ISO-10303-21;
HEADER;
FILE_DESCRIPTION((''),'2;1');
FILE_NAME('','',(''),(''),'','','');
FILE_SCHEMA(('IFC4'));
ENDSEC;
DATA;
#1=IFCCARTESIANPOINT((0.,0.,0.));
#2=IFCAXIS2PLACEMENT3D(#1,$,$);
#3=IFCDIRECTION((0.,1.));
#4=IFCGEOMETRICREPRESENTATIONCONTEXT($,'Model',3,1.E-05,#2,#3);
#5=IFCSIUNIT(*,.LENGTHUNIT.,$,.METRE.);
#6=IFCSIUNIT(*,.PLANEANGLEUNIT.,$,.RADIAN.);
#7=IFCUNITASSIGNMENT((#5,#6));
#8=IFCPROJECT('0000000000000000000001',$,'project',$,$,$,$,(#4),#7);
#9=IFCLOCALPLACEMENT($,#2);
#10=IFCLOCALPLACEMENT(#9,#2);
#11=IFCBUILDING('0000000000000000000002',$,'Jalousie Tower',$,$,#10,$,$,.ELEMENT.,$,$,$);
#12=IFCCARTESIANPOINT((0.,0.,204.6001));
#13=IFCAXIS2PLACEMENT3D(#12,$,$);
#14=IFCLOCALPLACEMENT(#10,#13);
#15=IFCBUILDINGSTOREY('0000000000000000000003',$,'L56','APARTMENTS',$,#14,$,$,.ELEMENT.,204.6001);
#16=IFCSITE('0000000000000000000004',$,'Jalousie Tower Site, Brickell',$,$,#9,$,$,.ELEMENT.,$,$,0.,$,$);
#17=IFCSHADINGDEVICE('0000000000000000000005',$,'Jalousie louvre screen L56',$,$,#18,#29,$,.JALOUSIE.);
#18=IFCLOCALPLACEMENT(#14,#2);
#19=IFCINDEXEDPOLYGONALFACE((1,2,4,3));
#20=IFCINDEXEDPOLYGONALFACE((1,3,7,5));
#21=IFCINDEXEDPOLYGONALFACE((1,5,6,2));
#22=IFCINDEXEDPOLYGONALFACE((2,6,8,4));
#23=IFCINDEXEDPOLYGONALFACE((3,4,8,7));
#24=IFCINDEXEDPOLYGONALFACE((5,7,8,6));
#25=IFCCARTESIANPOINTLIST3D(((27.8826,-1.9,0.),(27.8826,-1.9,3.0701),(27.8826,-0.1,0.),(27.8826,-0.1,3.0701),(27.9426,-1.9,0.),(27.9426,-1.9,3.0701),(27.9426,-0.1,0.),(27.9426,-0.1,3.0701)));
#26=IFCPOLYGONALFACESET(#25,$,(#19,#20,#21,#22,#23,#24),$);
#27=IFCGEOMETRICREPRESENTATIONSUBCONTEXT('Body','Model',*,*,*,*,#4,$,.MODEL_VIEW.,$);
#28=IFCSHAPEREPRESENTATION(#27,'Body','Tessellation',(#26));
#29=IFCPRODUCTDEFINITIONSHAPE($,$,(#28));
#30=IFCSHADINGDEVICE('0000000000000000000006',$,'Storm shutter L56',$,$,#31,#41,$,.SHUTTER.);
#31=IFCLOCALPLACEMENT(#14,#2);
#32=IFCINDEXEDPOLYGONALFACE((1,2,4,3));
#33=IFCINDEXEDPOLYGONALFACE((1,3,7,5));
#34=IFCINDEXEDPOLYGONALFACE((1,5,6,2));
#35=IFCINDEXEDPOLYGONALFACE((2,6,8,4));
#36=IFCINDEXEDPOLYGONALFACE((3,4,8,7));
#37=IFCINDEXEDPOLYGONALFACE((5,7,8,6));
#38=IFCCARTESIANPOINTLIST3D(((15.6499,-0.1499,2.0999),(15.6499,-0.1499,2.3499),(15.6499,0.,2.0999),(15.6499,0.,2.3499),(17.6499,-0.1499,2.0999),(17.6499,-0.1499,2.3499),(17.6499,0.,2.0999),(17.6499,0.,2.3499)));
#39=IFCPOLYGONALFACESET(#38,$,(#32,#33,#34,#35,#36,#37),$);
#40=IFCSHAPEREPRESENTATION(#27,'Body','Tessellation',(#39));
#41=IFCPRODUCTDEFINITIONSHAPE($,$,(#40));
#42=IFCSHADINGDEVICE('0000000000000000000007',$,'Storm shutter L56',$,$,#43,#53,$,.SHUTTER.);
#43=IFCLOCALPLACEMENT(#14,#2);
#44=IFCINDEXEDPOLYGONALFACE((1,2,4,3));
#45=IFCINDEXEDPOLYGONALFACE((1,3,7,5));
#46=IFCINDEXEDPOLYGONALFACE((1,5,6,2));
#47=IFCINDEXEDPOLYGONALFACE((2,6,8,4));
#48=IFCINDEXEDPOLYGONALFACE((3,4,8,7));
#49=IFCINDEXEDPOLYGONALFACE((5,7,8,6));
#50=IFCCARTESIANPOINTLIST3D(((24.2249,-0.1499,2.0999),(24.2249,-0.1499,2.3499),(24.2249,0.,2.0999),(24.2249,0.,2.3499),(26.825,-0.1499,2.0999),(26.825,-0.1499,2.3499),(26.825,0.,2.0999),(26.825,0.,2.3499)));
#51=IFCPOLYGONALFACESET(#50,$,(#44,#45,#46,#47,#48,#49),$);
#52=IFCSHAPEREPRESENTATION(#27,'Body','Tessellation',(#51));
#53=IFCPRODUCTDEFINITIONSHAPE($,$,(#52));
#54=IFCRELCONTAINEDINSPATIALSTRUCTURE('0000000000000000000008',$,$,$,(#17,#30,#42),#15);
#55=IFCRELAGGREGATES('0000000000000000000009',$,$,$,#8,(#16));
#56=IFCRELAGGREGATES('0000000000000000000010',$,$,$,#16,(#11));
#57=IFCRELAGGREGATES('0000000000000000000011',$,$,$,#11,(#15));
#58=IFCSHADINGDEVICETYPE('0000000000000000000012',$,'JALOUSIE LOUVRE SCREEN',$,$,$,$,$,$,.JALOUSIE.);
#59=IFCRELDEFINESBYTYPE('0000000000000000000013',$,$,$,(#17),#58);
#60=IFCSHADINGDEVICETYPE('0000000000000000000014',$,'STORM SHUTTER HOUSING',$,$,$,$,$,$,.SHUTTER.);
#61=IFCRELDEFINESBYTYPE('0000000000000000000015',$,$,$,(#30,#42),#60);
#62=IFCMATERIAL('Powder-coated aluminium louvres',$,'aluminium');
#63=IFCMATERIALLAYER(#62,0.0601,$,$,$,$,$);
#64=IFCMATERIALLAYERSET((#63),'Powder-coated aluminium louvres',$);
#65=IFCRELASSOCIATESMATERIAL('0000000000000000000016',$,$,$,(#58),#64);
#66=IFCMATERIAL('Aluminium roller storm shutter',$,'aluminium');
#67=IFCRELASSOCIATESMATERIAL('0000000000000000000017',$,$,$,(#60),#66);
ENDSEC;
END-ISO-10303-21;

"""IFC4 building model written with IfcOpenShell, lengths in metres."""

from ifc_helpers import new_model, si_unit, direction, frame, origin, origin_2d, place, context, subcontext, project, spatial, rectangle, extrude, material, layer, layer_set, type_object, element, save


model = new_model("IFC4")

# Units and contexts
model_context = context("Model", 3, precision=1e-05, world=origin(), true_north=direction((0.0, 1.0)))
body_context = subcontext(model_context, "Body", "Model", "MODEL_VIEW")
ifc_project = project(units=[si_unit("LENGTHUNIT", "METRE"), si_unit("PLANEANGLEUNIT", "RADIAN")], contexts=[model_context])

# Site, building, storey
site_placement = place(None, origin())
site = spatial("IfcSite", under=ifc_project, at=site_placement, Name="Jalousie Tower Site, Brickell", CompositionType="ELEMENT", RefElevation=0.0)
building_placement = place(site_placement, origin())
building = spatial("IfcBuilding", under=site, at=building_placement, Name="Jalousie Tower", CompositionType="ELEMENT")
storey_placement = place(building_placement, frame((0.0, 0.0, 204.6001)))
storey = spatial("IfcBuildingStorey", under=building, at=storey_placement, Name="L56", Description="APARTMENTS", CompositionType="ELEMENT", Elevation=204.6001)

# Shading devices
ifc_material_1 = material(Name="Powder-coated aluminium louvres", Category="aluminium")
ifc_layer_1 = layer(ifc_material_1, 0.0601)
ifc_layer_set_1 = layer_set([ifc_layer_1], Name="Powder-coated aluminium louvres")
shading_device_type_1 = type_object("IfcShadingDeviceType", Name="JALOUSIE LOUVRE SCREEN", PredefinedType="JALOUSIE", material=ifc_layer_set_1)
shading_device_1_placement = place(storey_placement, frame((27.9126, -1.0, 0.0), z_axis=(0.0, 0.0, 1.0), x_axis=(1.0, 0.0, 0.0)))
element("IfcShadingDevice", 1, at=shading_device_1_placement, inside=storey, type_object=shading_device_type_1, Name="Jalousie louvre screen L56", PredefinedType="JALOUSIE", context=body_context, shape_type="SweptSolid", body=[
    extrude(rectangle(XDim=0.0601, YDim=1.8, at=origin_2d()), origin(), (0.0, 0.0, 1.0), 3.0701),
])
ifc_material_2 = material(Name="Aluminium roller storm shutter", Category="aluminium")
shading_device_type_2 = type_object("IfcShadingDeviceType", Name="STORM SHUTTER HOUSING", PredefinedType="SHUTTER", material=ifc_material_2)
shading_device_2_placement = place(storey_placement, frame((16.6499, -0.075, 2.0999), z_axis=(0.0, 0.0, 1.0), x_axis=(1.0, 0.0, 0.0)))
element("IfcShadingDevice", 2, at=shading_device_2_placement, inside=storey, type_object=shading_device_type_2, Name="Storm shutter L56", PredefinedType="SHUTTER", context=body_context, shape_type="SweptSolid", body=[
    extrude(rectangle(XDim=2.0, YDim=0.1499, at=origin_2d()), origin(), (0.0, 0.0, 1.0), 0.25),
])
shading_device_3_placement = place(storey_placement, frame((25.5249, -0.075, 2.0999), z_axis=(0.0, 0.0, 1.0), x_axis=(1.0, 0.0, 0.0)))
element("IfcShadingDevice", 3, at=shading_device_3_placement, inside=storey, type_object=shading_device_type_2, Name="Storm shutter L56", PredefinedType="SHUTTER", context=body_context, shape_type="SweptSolid", body=[
    extrude(rectangle(XDim=2.6001, YDim=0.1499, at=origin_2d()), origin(), (0.0, 0.0, 1.0), 0.25),
])

save(model, "model.ifc")
